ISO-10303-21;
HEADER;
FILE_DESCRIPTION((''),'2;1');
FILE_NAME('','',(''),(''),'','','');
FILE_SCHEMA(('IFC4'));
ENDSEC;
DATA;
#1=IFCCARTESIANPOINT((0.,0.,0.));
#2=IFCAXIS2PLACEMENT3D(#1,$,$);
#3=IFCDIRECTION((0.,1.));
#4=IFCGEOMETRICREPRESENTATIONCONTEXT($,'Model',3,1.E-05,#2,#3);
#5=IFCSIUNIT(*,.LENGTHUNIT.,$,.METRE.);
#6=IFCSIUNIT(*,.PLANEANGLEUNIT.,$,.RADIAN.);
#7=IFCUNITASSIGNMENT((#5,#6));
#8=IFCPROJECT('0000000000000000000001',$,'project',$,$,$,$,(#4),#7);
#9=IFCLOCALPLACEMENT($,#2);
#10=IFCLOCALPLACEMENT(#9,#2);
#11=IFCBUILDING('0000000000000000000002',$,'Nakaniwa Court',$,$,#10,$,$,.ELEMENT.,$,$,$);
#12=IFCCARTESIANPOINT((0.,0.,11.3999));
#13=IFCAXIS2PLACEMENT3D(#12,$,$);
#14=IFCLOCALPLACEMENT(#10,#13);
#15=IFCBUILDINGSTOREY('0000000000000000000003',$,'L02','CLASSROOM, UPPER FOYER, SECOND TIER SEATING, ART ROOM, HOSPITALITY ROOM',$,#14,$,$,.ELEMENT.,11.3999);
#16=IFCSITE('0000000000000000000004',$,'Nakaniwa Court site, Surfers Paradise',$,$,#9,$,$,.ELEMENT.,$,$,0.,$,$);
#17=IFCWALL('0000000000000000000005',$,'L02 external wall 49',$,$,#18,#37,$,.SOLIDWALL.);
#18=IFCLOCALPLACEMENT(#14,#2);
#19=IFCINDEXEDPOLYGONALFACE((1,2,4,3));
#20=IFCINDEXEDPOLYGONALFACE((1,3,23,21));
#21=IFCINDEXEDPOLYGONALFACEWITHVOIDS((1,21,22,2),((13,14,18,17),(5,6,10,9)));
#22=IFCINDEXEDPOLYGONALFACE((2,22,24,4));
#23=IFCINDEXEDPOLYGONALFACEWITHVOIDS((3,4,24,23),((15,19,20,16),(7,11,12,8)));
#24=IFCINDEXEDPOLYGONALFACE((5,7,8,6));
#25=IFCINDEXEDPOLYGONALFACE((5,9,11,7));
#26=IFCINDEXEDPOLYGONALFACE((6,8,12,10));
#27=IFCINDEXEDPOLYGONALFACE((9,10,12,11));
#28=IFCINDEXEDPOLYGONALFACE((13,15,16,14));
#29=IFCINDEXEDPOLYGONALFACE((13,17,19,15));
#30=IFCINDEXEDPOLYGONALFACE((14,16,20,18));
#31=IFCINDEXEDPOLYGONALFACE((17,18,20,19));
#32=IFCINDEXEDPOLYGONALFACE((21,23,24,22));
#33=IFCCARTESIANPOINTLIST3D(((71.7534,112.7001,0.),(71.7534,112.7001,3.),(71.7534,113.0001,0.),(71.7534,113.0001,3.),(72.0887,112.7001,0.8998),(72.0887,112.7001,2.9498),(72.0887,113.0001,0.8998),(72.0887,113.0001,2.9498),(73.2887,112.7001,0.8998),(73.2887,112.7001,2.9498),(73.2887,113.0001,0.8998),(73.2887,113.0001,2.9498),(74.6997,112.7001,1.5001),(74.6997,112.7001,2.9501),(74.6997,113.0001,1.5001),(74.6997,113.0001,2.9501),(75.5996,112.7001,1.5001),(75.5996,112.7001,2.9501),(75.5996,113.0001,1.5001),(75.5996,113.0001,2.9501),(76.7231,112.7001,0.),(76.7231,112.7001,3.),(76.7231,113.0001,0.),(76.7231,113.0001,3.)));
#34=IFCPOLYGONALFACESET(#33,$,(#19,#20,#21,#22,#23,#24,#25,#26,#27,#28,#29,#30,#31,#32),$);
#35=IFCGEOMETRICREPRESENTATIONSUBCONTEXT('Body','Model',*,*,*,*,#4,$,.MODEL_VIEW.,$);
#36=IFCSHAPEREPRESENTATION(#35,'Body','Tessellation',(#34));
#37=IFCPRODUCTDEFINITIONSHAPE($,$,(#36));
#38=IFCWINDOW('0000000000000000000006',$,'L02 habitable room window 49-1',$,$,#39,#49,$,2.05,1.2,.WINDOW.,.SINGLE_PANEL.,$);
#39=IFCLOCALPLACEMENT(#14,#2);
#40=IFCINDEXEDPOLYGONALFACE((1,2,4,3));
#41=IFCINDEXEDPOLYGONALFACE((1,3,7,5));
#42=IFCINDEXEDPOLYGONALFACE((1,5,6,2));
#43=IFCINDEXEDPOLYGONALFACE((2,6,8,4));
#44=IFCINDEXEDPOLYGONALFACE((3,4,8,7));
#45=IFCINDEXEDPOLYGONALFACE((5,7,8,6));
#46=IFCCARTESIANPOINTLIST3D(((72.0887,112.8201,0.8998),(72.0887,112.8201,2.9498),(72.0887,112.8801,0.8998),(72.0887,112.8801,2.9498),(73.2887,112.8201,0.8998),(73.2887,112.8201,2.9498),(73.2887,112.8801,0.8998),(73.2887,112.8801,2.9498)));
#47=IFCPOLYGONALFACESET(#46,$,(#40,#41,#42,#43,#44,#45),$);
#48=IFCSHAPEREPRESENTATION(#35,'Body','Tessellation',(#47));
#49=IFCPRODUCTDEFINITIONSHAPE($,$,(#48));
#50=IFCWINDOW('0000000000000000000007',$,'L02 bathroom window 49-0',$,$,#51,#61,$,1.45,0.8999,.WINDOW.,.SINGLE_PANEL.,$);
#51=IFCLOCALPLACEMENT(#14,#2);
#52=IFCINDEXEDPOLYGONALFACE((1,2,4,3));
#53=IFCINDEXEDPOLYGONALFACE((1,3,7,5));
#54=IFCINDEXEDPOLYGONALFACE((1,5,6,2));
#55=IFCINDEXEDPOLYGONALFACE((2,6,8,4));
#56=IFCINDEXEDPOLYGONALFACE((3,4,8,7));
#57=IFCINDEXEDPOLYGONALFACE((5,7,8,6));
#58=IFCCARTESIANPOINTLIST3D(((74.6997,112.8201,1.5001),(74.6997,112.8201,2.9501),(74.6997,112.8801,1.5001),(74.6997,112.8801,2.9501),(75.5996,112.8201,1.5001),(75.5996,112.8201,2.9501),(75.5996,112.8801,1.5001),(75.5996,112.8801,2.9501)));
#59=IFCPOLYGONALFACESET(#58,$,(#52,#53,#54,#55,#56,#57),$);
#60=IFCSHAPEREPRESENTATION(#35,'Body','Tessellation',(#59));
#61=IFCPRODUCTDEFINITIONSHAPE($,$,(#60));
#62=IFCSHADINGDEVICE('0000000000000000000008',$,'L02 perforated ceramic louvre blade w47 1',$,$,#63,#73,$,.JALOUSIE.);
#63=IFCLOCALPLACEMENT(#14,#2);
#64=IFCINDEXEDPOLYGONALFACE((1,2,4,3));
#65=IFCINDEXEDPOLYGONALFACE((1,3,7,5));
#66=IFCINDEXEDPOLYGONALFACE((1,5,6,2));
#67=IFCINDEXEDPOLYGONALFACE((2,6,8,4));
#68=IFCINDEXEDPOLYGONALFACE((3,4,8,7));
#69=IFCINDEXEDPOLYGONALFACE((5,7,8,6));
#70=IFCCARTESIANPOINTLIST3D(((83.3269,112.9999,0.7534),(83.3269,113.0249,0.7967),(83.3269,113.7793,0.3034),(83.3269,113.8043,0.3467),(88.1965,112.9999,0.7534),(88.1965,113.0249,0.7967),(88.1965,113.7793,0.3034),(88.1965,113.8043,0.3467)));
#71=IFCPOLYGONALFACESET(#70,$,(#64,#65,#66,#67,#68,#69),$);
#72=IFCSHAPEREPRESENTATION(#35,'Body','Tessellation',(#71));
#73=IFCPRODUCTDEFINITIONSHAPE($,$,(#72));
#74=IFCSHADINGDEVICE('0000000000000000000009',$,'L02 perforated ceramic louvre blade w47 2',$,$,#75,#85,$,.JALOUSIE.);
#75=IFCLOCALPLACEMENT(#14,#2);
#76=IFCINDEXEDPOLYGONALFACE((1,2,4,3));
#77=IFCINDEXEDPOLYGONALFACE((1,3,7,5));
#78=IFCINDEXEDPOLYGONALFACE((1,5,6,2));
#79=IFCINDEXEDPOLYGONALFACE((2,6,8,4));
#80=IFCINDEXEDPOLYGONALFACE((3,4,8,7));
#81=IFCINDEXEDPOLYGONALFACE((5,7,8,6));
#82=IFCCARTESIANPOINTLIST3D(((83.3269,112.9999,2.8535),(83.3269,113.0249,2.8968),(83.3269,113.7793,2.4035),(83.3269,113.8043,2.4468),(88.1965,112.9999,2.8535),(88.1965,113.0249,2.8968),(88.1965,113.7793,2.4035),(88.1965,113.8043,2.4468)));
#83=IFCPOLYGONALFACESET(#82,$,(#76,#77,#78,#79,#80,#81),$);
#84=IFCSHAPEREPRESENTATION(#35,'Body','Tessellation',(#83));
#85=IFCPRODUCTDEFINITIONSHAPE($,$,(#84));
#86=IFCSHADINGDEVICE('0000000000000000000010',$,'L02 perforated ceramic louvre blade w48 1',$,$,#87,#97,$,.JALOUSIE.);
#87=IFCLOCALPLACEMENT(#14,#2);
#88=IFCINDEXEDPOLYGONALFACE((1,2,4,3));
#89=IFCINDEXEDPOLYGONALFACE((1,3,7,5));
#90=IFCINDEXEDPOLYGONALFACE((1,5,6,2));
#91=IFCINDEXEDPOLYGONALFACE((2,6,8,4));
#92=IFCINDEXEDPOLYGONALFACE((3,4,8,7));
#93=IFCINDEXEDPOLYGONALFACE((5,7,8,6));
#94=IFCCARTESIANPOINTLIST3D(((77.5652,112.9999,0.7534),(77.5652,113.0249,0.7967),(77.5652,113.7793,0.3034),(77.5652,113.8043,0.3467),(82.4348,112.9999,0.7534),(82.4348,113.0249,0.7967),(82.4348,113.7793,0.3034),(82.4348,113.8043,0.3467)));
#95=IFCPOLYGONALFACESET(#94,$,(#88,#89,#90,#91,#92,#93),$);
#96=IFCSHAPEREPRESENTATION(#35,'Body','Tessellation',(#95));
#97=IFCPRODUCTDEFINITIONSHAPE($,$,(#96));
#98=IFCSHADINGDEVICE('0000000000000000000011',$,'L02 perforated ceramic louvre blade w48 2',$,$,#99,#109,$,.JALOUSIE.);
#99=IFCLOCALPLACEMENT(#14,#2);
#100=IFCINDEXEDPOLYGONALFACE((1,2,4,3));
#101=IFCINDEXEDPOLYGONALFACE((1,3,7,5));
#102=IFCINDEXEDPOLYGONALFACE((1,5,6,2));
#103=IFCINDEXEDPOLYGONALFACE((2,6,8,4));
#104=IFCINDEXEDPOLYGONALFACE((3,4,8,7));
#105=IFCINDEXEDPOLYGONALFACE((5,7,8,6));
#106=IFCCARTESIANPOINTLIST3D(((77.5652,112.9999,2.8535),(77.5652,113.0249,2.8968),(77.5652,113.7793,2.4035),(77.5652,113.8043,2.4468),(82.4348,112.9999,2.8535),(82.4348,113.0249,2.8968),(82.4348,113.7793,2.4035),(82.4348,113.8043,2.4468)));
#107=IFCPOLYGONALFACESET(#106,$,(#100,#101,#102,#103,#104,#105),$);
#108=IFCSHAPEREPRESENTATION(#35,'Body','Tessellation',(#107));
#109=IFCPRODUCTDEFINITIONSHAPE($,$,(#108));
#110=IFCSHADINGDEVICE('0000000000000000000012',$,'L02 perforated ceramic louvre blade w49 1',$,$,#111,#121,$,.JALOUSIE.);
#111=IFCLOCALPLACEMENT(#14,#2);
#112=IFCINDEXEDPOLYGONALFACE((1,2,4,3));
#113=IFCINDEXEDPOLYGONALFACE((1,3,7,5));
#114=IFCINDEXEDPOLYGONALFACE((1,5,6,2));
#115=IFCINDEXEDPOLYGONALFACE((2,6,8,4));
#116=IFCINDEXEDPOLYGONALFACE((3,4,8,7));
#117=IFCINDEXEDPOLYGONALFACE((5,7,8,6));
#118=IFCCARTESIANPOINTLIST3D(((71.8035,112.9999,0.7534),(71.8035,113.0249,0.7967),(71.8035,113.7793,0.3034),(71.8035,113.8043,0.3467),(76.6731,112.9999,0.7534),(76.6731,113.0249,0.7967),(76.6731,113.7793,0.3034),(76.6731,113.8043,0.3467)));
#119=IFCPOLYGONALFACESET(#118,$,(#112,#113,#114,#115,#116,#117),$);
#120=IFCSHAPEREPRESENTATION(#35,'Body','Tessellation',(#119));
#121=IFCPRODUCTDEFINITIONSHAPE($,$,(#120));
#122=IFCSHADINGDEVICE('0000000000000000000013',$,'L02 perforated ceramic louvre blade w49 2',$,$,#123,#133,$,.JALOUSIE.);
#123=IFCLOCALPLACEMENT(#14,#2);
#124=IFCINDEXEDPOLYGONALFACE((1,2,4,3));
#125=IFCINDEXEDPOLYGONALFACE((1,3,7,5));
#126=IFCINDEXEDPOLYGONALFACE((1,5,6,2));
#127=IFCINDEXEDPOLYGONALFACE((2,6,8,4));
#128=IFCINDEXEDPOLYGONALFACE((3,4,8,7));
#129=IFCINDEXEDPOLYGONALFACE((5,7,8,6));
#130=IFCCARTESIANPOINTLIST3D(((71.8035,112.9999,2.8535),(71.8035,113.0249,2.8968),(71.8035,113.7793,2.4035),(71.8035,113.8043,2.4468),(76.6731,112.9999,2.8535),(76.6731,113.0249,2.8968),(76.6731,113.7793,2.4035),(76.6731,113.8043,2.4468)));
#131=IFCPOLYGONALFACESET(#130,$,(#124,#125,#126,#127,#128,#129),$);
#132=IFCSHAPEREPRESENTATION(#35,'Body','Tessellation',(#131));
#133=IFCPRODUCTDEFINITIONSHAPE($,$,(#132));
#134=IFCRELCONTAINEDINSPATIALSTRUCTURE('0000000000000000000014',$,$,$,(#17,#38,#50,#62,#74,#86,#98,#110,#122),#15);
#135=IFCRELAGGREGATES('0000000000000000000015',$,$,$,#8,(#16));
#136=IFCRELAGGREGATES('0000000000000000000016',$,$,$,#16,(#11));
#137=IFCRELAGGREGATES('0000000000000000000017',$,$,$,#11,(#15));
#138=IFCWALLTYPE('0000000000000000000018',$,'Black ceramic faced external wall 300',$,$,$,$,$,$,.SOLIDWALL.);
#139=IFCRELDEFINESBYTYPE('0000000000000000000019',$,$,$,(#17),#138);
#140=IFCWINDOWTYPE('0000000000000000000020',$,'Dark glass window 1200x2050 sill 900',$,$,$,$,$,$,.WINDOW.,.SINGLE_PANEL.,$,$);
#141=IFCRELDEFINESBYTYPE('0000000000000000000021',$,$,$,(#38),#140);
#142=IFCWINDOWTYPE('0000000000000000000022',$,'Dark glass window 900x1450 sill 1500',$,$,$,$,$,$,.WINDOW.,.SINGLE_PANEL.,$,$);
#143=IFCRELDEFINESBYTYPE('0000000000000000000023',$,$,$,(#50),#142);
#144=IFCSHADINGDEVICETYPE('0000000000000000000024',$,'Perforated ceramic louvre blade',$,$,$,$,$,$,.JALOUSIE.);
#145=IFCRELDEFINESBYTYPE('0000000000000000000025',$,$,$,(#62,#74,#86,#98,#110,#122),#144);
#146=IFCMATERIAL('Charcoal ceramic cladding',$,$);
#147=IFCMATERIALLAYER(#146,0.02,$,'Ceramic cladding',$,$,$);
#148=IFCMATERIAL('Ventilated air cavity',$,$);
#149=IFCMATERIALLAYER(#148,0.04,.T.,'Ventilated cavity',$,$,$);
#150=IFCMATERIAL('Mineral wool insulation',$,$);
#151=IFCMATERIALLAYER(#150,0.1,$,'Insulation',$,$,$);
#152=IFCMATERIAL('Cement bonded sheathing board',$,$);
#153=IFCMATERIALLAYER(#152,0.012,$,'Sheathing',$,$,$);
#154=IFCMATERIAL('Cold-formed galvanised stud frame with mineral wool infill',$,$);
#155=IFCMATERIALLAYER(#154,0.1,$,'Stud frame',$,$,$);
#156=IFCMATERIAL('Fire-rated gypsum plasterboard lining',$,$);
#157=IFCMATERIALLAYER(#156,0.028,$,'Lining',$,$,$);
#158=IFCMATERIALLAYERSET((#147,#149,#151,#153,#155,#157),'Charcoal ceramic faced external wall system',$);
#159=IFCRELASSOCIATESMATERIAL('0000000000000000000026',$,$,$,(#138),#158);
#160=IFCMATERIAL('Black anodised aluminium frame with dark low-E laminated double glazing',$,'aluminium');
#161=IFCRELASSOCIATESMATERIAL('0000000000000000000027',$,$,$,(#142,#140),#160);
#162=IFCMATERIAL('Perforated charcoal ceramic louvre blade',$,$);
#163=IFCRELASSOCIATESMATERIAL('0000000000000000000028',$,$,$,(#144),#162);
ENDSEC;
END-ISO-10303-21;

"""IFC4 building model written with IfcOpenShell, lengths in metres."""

from ifc_helpers import new_model, si_unit, direction, frame, frame_2d, origin, origin_2d, place, context, subcontext, project, spatial, rectangle, extrude, material, layer, layer_set, material_profile, profile_set, type_object, element, fill, save


model = new_model("IFC4")

# Units and contexts
model_context = context("Model", 3, precision=1e-05, world=origin(), true_north=direction((0.0, 1.0)))
body_context = subcontext(model_context, "Body", "Model", "MODEL_VIEW")
ifc_project = project(units=[si_unit("LENGTHUNIT", "METRE"), si_unit("PLANEANGLEUNIT", "RADIAN")], contexts=[model_context])

# Site, building, storey
site_placement = place(None, origin())
site = spatial("IfcSite", under=ifc_project, at=site_placement, Name="Nakaniwa Court site, Surfers Paradise", CompositionType="ELEMENT", RefElevation=0.0)
building_placement = place(site_placement, origin())
building = spatial("IfcBuilding", under=site, at=building_placement, Name="Nakaniwa Court", CompositionType="ELEMENT")
storey_placement = place(building_placement, frame((0.0, 0.0, 11.3999)))
storey = spatial("IfcBuildingStorey", under=building, at=storey_placement, Name="L02", Description="CLASSROOM, UPPER FOYER, SECOND TIER SEATING, ART ROOM, HOSPITALITY ROOM", CompositionType="ELEMENT", Elevation=11.3999)

# Shared definitions
ifc_material_1 = material(Name="Charcoal ceramic cladding")
ifc_layer_1 = layer(ifc_material_1, 0.02, Name="Ceramic cladding")
ifc_material_2 = material(Name="Ventilated air cavity")
ifc_layer_2 = layer(ifc_material_2, 0.04, ventilated=True, Name="Ventilated cavity")
ifc_material_3 = material(Name="Mineral wool insulation")
ifc_layer_3 = layer(ifc_material_3, 0.1, Name="Insulation")
ifc_material_4 = material(Name="Cement bonded sheathing board")
ifc_layer_4 = layer(ifc_material_4, 0.012, Name="Sheathing")
ifc_material_5 = material(Name="Cold-formed galvanised stud frame with mineral wool infill")
ifc_layer_5 = layer(ifc_material_5, 0.1, Name="Stud frame")
ifc_material_6 = material(Name="Fire-rated gypsum plasterboard lining")
ifc_layer_6 = layer(ifc_material_6, 0.028, Name="Lining")
ifc_layer_set = layer_set([ifc_layer_1, ifc_layer_2, ifc_layer_3, ifc_layer_4, ifc_layer_5, ifc_layer_6], Name="Charcoal ceramic faced external wall system")
wall_type = type_object("IfcWallType", Name="Black ceramic faced external wall 300", PredefinedType="SOLIDWALL", material=ifc_layer_set)
ifc_material_7 = material(Name="Black anodised aluminium frame with dark low-E laminated double glazing", Category="aluminium")
window_type_1 = type_object("IfcWindowType", Name="Dark glass window 900x1450 sill 1500", PartitioningType="SINGLE_PANEL", PredefinedType="WINDOW", material=ifc_material_7)

# Wall, openings, windows
wall_1_placement = place(storey_placement, frame((76.7231, 112.8501, 0.0), z_axis=(0.0, 0.0, 1.0), x_axis=(-1.0, 0.0, 0.0)))
wall_1 = element("IfcWall", 1, at=wall_1_placement, inside=storey, type_object=wall_type, Name="L02 external wall 49", PredefinedType="SOLIDWALL", context=body_context, shape_type="SweptSolid", body=[
    extrude(rectangle(XDim=4.9697, YDim=0.3, at=frame_2d((2.4849, 0.0))), origin(), (0.0, 0.0, 1.0), 3.0),
])
opening_1_placement = place(wall_1_placement, frame((1.1235, 0.0, 1.5)))
opening_1 = element("IfcOpeningElement", 2, at=opening_1_placement, cuts=wall_1, PredefinedType="OPENING", context=body_context, shape_type="SweptSolid", body=[
    extrude(rectangle(XDim=0.8999, YDim=1.45, at=frame_2d((0.45, 0.7251))), frame((0.0, 0.1599, 0.0), z_axis=(0.0, -1.0, 0.0), x_axis=(1.0, 0.0, 0.0)), (0.0, 0.0, 1.0), 0.3201),
])
opening_2_placement = place(wall_1_placement, frame((3.4343, 0.0, 0.8999)))
opening_2 = element("IfcOpeningElement", 3, at=opening_2_placement, cuts=wall_1, PredefinedType="OPENING", context=body_context, shape_type="SweptSolid", body=[
    extrude(rectangle(XDim=1.2, YDim=2.05, at=frame_2d((0.6001, 1.0249))), frame((0.0, 0.1599, 0.0), z_axis=(0.0, -1.0, 0.0), x_axis=(1.0, 0.0, 0.0)), (0.0, 0.0, 1.0), 0.3201),
])
window_type_2 = type_object("IfcWindowType", Name="Dark glass window 1200x2050 sill 900", PartitioningType="SINGLE_PANEL", PredefinedType="WINDOW", material=ifc_material_7)
window_1_placement = place(opening_2_placement, origin())
window_1 = element("IfcWindow", 4, at=window_1_placement, inside=storey, type_object=window_type_2, Name="L02 habitable room window 49-1", OverallHeight=2.05, OverallWidth=1.2, PartitioningType="SINGLE_PANEL", PredefinedType="WINDOW", context=body_context, shape_type="SweptSolid", body=[
    extrude(rectangle(XDim=1.2, YDim=2.05, at=frame_2d((0.6001, 1.0249))), frame((0.0, 0.03, 0.0), z_axis=(0.0, -1.0, 0.0), x_axis=(1.0, 0.0, 0.0)), (0.0, 0.0, 1.0), 0.0601),
])
fill(opening_2, window_1)
window_2_placement = place(opening_1_placement, origin())
window_2 = element("IfcWindow", 5, at=window_2_placement, inside=storey, type_object=window_type_1, Name="L02 bathroom window 49-0", OverallHeight=1.45, OverallWidth=0.8999, PartitioningType="SINGLE_PANEL", PredefinedType="WINDOW", context=body_context, shape_type="SweptSolid", body=[
    extrude(rectangle(XDim=0.8999, YDim=1.45, at=frame_2d((0.45, 0.7251))), frame((0.0, 0.03, 0.0), z_axis=(0.0, -1.0, 0.0), x_axis=(1.0, 0.0, 0.0)), (0.0, 0.0, 1.0), 0.0601),
])
fill(opening_1, window_2)

# Shading devices
ifc_material_8 = material(Name="Perforated charcoal ceramic louvre blade")
ifc_material_profile_1 = material_profile(ifc_material_8, rectangle(XDim=0.8999, YDim=0.05, at=origin_2d()), Name="Perforated ceramic louvre blade")
ifc_profile_set_1 = profile_set([ifc_material_profile_1], Name="Perforated charcoal ceramic louvre blade")
shading_device_type = type_object("IfcShadingDeviceType", Name="Perforated ceramic louvre blade", PredefinedType="JALOUSIE", material=ifc_profile_set_1)
for number, where, z_axis, x_axis, name in (
    (6, (88.1965, 113.4021, 0.55), (-1.0, 0.0, 0.0), (0.0, -0.866025, 0.5), "L02 perforated ceramic louvre blade w47 1"),
    (7, (88.1965, 113.4021, 2.6501), (-1.0, 0.0, 0.0), (0.0, -0.866025, 0.5), "L02 perforated ceramic louvre blade w47 2"),
    (8, (82.4348, 113.4021, 0.55), (-1.0, 0.0, 0.0), (0.0, -0.866025, 0.5), "L02 perforated ceramic louvre blade w48 1"),
    (9, (82.4348, 113.4021, 2.6501), (-1.0, 0.0, 0.0), (0.0, -0.866025, 0.5), "L02 perforated ceramic louvre blade w48 2"),
    (10, (76.6731, 113.4021, 0.55), (-1.0, 0.0, 0.0), (0.0, -0.866025, 0.5), "L02 perforated ceramic louvre blade w49 1"),
    (11, (76.6731, 113.4021, 2.6501), (-1.0, 0.0, 0.0), (0.0, -0.866025, 0.5), "L02 perforated ceramic louvre blade w49 2"),
):
    element("IfcShadingDevice", number, at=place(storey_placement, frame(where, z_axis=z_axis, x_axis=x_axis)), inside=storey, type_object=shading_device_type, Name=name, PredefinedType="JALOUSIE", context=body_context, shape_type="SweptSolid", body=[
        extrude(rectangle(XDim=0.8999, YDim=0.05, at=origin_2d()), origin(), (0.0, 0.0, 1.0), 4.8696),
    ])

save(model, "model.ifc")
